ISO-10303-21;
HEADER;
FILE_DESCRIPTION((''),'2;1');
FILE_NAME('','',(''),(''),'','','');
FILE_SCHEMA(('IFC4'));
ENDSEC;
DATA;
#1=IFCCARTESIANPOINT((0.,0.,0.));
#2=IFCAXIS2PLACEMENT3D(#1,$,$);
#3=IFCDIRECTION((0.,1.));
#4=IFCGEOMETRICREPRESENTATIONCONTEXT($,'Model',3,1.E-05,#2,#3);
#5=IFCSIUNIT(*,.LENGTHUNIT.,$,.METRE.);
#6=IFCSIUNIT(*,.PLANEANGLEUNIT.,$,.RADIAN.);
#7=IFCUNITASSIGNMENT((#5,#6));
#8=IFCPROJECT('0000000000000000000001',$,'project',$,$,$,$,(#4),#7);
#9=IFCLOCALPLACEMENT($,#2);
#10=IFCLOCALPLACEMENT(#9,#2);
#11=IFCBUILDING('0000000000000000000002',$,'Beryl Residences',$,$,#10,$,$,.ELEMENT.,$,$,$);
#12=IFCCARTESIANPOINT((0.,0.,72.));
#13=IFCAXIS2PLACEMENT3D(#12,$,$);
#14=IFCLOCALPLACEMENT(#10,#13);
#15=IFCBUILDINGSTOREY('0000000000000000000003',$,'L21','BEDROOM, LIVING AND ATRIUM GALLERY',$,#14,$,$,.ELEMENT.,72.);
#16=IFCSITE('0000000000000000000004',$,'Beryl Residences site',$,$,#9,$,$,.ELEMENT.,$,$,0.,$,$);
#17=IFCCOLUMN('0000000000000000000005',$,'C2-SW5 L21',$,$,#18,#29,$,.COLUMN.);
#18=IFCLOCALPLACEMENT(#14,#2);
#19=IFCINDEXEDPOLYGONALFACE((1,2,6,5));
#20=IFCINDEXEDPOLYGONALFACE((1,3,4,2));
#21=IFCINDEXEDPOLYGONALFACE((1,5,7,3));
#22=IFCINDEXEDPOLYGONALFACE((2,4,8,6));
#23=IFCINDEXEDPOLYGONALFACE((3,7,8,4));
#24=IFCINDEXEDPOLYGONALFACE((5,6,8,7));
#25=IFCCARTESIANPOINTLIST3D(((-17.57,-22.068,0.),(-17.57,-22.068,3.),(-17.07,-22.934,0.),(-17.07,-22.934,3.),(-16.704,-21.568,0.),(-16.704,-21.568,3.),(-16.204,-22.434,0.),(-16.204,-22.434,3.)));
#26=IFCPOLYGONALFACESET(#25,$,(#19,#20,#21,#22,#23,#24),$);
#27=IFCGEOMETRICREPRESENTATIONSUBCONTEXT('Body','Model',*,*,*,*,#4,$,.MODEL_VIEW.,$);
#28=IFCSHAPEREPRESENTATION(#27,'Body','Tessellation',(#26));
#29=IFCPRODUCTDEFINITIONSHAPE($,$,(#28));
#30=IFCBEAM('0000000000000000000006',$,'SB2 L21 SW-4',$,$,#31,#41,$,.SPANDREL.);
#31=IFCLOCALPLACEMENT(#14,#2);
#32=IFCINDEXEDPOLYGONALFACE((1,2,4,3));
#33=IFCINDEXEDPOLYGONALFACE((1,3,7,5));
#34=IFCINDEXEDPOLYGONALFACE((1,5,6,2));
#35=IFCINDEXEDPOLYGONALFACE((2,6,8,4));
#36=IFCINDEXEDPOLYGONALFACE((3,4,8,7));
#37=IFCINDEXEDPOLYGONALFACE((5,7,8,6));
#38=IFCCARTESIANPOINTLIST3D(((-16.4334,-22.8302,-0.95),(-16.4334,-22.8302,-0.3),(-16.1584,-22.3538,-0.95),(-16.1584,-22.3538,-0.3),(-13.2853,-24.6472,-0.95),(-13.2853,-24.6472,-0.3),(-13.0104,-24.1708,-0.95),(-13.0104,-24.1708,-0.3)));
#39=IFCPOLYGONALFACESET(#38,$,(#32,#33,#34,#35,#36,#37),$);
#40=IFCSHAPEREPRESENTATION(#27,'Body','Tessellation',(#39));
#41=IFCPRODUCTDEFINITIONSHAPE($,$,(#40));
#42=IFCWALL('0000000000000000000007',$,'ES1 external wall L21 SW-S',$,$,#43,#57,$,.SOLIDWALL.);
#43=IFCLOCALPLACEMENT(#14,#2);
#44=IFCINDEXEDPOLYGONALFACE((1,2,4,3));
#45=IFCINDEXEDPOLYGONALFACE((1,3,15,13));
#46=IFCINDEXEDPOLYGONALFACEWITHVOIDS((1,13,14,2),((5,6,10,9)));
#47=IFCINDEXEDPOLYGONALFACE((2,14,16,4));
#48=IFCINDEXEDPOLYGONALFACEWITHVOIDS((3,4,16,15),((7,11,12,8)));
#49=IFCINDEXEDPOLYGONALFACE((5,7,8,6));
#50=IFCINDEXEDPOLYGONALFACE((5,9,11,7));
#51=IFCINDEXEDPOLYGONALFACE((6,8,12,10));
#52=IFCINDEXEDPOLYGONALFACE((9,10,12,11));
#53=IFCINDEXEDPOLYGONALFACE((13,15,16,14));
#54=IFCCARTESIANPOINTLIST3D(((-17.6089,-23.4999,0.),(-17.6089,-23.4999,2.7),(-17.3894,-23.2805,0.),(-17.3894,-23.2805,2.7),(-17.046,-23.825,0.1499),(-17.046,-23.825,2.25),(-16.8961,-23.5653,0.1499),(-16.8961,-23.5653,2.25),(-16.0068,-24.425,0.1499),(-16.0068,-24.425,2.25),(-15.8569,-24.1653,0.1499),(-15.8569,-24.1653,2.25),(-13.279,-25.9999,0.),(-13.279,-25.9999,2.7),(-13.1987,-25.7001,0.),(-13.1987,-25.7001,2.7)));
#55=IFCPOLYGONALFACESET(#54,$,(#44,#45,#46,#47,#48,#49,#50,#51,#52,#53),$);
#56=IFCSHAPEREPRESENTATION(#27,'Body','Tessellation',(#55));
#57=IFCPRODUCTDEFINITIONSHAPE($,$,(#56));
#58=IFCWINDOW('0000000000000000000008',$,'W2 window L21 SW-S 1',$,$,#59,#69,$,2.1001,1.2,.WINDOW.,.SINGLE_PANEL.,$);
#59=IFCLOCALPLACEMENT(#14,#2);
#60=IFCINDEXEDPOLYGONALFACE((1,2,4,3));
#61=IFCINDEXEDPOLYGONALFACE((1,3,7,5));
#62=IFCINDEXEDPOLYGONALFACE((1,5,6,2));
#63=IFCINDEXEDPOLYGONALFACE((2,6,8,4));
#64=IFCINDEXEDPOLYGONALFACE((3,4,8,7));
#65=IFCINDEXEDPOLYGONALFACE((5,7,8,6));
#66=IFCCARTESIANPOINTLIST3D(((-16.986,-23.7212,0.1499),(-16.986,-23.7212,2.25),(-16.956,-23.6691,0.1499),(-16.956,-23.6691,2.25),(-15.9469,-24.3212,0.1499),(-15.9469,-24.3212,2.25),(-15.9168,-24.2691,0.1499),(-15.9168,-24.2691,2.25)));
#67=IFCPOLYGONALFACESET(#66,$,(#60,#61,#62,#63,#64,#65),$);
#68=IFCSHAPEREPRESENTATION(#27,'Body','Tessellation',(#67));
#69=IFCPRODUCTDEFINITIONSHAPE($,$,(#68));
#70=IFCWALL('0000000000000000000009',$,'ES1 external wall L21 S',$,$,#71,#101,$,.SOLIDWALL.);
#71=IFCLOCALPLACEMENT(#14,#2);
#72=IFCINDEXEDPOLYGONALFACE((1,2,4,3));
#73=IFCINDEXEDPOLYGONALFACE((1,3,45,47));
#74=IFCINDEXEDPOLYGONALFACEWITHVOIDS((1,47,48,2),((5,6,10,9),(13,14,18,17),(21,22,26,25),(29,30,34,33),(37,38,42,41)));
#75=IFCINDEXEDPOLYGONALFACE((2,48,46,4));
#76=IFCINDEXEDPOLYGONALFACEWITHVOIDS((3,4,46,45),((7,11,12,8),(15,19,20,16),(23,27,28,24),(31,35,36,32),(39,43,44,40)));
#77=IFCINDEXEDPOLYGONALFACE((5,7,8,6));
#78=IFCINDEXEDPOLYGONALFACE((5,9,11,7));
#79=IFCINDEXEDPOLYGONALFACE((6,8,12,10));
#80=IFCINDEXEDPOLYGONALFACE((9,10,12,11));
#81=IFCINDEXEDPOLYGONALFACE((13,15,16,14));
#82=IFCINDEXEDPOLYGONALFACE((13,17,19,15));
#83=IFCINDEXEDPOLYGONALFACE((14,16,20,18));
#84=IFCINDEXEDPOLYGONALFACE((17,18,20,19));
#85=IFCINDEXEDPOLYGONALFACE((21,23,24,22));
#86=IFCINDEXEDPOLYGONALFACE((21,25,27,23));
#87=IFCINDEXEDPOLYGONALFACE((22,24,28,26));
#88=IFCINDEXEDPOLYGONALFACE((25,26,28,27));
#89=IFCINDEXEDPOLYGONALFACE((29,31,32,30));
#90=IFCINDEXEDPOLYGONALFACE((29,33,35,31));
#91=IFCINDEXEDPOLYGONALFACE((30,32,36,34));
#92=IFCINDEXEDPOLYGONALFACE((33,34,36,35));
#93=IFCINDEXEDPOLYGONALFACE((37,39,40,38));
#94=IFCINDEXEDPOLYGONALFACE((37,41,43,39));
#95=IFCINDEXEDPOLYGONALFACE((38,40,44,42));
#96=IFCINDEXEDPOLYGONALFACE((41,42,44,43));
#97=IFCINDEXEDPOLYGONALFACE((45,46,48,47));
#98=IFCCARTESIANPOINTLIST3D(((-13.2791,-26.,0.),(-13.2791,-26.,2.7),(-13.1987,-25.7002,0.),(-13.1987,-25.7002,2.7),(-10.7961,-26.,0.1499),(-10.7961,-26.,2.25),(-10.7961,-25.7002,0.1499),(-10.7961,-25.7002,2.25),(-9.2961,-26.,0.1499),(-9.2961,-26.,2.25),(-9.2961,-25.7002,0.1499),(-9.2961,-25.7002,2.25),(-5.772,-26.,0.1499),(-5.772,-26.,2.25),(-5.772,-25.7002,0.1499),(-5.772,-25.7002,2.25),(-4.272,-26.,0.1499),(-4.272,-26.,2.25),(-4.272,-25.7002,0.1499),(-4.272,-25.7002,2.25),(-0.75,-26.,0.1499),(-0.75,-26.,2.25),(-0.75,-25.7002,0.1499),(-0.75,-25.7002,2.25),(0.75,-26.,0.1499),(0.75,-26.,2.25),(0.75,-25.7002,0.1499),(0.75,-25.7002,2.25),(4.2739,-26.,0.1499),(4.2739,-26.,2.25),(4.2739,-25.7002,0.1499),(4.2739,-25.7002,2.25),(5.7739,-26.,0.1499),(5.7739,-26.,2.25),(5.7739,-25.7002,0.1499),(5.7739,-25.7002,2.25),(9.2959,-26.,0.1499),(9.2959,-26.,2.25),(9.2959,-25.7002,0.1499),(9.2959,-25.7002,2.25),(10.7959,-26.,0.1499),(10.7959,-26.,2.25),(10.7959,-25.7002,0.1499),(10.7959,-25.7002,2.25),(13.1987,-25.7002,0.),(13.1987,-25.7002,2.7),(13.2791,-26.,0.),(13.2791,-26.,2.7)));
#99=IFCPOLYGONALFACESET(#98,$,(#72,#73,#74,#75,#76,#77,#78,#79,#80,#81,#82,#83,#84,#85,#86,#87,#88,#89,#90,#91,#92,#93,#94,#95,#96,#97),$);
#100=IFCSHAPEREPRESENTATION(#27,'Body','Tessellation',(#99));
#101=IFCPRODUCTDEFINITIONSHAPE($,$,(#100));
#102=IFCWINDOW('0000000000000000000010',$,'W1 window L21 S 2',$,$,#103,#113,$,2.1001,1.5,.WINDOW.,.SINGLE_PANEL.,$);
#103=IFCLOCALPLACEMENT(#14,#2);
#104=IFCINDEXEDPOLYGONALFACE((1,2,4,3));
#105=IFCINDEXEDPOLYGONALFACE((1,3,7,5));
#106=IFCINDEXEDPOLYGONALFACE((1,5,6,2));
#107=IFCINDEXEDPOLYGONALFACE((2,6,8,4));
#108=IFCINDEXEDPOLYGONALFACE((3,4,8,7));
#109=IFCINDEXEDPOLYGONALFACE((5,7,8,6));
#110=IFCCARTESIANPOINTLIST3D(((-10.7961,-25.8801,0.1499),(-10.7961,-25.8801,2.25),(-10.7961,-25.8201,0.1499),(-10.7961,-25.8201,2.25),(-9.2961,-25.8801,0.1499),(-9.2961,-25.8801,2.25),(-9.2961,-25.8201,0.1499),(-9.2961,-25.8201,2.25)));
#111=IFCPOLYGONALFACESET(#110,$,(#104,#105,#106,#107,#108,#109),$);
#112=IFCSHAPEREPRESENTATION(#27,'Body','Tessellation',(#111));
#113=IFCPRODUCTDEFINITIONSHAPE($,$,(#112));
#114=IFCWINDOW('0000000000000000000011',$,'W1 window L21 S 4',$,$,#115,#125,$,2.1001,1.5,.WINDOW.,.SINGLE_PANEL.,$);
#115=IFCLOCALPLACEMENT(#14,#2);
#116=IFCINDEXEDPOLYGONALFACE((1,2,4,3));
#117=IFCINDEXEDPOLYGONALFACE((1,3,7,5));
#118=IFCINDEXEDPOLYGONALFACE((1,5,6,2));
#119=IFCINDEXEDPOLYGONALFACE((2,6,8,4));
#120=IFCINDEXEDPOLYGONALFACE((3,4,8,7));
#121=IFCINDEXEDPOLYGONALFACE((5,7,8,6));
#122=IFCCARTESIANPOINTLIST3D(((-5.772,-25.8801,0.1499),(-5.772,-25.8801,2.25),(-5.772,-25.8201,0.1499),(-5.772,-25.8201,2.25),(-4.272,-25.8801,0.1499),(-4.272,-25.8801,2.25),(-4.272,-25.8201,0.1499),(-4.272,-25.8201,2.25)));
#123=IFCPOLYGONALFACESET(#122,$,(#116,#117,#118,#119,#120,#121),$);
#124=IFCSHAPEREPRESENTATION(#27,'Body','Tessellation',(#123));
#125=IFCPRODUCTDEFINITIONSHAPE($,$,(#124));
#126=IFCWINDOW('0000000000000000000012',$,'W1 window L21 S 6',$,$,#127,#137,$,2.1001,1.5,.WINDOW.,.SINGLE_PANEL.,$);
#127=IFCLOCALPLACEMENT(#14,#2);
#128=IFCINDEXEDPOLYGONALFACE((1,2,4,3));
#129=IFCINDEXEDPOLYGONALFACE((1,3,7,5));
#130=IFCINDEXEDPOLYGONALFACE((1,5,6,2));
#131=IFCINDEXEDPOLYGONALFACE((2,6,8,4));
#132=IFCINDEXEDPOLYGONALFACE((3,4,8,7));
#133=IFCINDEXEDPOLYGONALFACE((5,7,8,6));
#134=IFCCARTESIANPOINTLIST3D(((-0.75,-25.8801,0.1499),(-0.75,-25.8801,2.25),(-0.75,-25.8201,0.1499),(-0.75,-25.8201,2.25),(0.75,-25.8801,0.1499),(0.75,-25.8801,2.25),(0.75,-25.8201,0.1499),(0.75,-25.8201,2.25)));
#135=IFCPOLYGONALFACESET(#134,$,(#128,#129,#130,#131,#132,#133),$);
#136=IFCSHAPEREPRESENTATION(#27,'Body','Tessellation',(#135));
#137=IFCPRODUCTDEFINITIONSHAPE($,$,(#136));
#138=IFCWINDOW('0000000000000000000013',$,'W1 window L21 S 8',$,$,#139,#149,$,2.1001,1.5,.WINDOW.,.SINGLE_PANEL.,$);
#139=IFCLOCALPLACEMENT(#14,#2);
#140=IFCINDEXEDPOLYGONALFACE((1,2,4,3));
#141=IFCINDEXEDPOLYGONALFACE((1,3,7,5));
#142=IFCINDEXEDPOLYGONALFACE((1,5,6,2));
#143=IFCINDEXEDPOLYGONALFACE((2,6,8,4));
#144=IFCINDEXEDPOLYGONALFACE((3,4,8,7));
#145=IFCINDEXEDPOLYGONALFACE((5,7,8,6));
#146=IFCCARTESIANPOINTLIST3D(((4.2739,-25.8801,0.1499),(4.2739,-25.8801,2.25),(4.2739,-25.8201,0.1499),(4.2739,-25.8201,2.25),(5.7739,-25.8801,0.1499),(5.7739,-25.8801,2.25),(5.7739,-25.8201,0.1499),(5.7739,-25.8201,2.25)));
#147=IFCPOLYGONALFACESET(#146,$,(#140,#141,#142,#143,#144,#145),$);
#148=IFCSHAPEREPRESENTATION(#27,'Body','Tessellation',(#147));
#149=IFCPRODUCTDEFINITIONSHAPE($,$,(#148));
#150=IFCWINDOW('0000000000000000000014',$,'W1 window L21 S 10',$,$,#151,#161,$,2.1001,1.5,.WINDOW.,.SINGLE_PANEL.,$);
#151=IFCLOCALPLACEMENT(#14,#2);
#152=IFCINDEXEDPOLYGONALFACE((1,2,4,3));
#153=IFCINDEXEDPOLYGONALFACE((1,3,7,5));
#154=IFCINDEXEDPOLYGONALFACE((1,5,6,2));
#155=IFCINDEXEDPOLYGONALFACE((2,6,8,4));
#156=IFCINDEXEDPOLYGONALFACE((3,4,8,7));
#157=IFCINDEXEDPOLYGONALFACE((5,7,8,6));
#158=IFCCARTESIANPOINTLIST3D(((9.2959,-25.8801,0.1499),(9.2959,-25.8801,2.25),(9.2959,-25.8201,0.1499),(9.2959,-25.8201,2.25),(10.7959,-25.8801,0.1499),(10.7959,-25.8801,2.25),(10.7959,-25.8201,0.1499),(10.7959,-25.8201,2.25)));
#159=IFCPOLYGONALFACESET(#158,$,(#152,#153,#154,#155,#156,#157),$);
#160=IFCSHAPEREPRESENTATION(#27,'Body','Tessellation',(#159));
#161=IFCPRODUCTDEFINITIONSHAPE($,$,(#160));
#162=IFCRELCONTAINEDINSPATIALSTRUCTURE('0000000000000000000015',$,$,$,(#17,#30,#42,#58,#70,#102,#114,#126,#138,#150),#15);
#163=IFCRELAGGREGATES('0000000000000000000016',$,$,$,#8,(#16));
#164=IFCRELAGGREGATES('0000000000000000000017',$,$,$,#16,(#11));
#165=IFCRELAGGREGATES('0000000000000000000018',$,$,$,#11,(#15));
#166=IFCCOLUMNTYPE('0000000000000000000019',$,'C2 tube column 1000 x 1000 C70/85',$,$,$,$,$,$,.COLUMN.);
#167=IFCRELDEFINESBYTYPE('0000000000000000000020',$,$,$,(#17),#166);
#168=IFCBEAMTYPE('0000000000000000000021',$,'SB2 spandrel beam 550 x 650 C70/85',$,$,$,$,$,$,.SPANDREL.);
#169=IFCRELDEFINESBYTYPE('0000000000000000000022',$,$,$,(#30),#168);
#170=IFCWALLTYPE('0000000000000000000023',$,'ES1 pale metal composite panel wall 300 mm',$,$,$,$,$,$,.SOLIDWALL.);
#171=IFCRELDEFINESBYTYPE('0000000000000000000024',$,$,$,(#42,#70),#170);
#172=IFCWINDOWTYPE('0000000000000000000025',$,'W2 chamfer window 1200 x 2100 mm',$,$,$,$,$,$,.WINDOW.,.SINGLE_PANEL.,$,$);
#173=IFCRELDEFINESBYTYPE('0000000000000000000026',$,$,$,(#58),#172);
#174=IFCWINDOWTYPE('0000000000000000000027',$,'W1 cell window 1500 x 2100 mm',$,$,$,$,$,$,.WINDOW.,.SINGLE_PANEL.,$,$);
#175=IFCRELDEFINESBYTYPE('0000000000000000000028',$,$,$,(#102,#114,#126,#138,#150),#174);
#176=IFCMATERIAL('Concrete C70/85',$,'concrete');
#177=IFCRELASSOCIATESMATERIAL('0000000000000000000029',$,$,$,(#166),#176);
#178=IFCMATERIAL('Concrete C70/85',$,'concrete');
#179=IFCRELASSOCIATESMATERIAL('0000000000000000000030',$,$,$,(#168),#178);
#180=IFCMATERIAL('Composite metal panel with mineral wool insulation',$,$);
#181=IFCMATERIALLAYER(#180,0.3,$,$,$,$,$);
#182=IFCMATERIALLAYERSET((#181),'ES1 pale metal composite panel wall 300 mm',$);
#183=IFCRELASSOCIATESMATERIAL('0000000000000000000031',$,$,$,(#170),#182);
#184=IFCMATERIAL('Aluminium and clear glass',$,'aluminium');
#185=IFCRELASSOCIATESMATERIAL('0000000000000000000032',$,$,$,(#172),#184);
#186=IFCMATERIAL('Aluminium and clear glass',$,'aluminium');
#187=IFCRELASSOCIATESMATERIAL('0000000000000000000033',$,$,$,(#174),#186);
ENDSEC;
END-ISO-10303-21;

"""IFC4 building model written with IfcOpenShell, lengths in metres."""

from ifc_helpers import new_model, si_unit, direction, frame, frame_2d, origin, origin_2d, place, context, subcontext, project, spatial, polyline, rectangle, outline, extrude, material, layer, layer_set, material_profile, profile_set, type_object, element, fill, save


model = new_model("IFC4")

# Units and contexts
model_context = context("Model", 3, precision=1e-05, world=origin(), true_north=direction((0.0, 1.0)))
body_context = subcontext(model_context, "Body", "Model", "MODEL_VIEW")
ifc_project = project(units=[si_unit("LENGTHUNIT", "METRE"), si_unit("PLANEANGLEUNIT", "RADIAN")], contexts=[model_context])

# Site, building, storey
site_placement = place(None, origin())
site = spatial("IfcSite", under=ifc_project, at=site_placement, Name="Beryl Residences site", CompositionType="ELEMENT", RefElevation=0.0)
building_placement = place(site_placement, origin())
building = spatial("IfcBuilding", under=site, at=building_placement, Name="Beryl Residences", CompositionType="ELEMENT")
storey_placement = place(building_placement, frame((0.0, 0.0, 72.0)))
storey = spatial("IfcBuildingStorey", under=building, at=storey_placement, Name="L21", Description="BEDROOM, LIVING AND ATRIUM GALLERY", CompositionType="ELEMENT", Elevation=72.0)

# Column
ifc_material_1 = material(Name="Concrete C70/85", Category="concrete")
ifc_material_profile_1 = material_profile(ifc_material_1, rectangle(XDim=1.0, YDim=1.0, at=origin_2d()))
ifc_profile_set_1 = profile_set([ifc_material_profile_1], Name="Concrete C70/85")
column_type = type_object("IfcColumnType", Name="C2 tube column 1000 x 1000 C70/85", PredefinedType="COLUMN", material=ifc_profile_set_1)
column_placement = place(storey_placement, frame((-16.887, -22.251, 0.0), z_axis=(0.0, 0.0, 1.0), x_axis=(0.5, -0.866025, 0.0)))
element("IfcColumn", 1, at=column_placement, inside=storey, type_object=column_type, Name="C2-SW5 L21", PredefinedType="COLUMN", context=body_context, shape_type="SweptSolid", body=[
    extrude(rectangle(XDim=1.0, YDim=1.0, at=origin_2d()), origin(), (0.0, 0.0, 1.0), 3.0),
])

# Beam
ifc_material_2 = material(Name="Concrete C70/85", Category="concrete")
ifc_material_profile_2 = material_profile(ifc_material_2, rectangle(XDim=0.55, YDim=0.6499, at=origin_2d()))
ifc_profile_set_2 = profile_set([ifc_material_profile_2], Name="Concrete C70/85")
beam_type = type_object("IfcBeamType", Name="SB2 spandrel beam 550 x 650 C70/85", PredefinedType="SPANDREL", material=ifc_profile_set_2)
beam_placement = place(storey_placement, frame((-16.2959, -22.592, -0.625), z_axis=(0.866094, -0.499881, 0.0), x_axis=(0.499881, 0.866094, 0.0)))
element("IfcBeam", 2, at=beam_placement, inside=storey, type_object=beam_type, Name="SB2 L21 SW-4", PredefinedType="SPANDREL", context=body_context, shape_type="SweptSolid", body=[
    extrude(rectangle(XDim=0.55, YDim=0.6499, at=origin_2d()), origin(), (0.0, 0.0, 1.0), 3.6348),
])

# Wall, opening, window
ifc_material_3 = material(Name="Composite metal panel with mineral wool insulation")
ifc_layer_1 = layer(ifc_material_3, 0.3)
ifc_layer_set_1 = layer_set([ifc_layer_1], Name="ES1 pale metal composite panel wall 300 mm")
wall_type_1 = type_object("IfcWallType", Name="ES1 pale metal composite panel wall 300 mm", PredefinedType="SOLIDWALL", material=ifc_layer_set_1)
wall_1_placement = place(storey_placement, frame((-17.5339, -23.3701, 0.0), z_axis=(0.0, 0.0, 1.0), x_axis=(0.866011, -0.500025, 0.0)))
wall_1 = element("IfcWall", 3, at=wall_1_placement, inside=storey, type_object=wall_type_1, Name="ES1 external wall L21 SW-S", PredefinedType="SOLIDWALL", context=body_context, shape_type="SweptSolid", body=[
    extrude(outline(polyline([(0.0, -0.1499), (4.9998, -0.1499), (4.9194, 0.1499), (0.0803, 0.1499), (0.0, -0.1499)])), origin(), (0.0, 0.0, 1.0), 2.7),
])
opening_1_placement = place(wall_1_placement, frame((0.6499, 0.0, 0.1499)))
opening_1 = element("IfcOpeningElement", 4, at=opening_1_placement, cuts=wall_1, PredefinedType="OPENING", context=body_context, shape_type="SweptSolid", body=[
    extrude(rectangle(XDim=1.2, YDim=2.1001, at=frame_2d((0.6001, 1.05))), frame((0.0, 0.1599, 0.0), z_axis=(0.0, -1.0, 0.0), x_axis=(1.0, 0.0, 0.0)), (0.0, 0.0, 1.0), 0.3201),
])
ifc_material_4 = material(Name="Aluminium and clear glass", Category="aluminium")
window_type_1 = type_object("IfcWindowType", Name="W2 chamfer window 1200 x 2100 mm", PartitioningType="SINGLE_PANEL", PredefinedType="WINDOW", material=ifc_material_4)
window_1_placement = place(opening_1_placement, origin())
window_1 = element("IfcWindow", 5, at=window_1_placement, inside=storey, type_object=window_type_1, Name="W2 window L21 SW-S 1", OverallHeight=2.1001, OverallWidth=1.2, PartitioningType="SINGLE_PANEL", PredefinedType="WINDOW", context=body_context, shape_type="SweptSolid", body=[
    extrude(rectangle(XDim=1.2, YDim=2.1001, at=frame_2d((0.6001, 1.05))), frame((0.0, 0.03, 0.0), z_axis=(0.0, -1.0, 0.0), x_axis=(1.0, 0.0, 0.0)), (0.0, 0.0, 1.0), 0.0601),
])
fill(opening_1, window_1)

# Wall, openings, windows
wall_2_placement = place(storey_placement, frame((-13.2791, -25.8501, 0.0), z_axis=(0.0, 0.0, 1.0), x_axis=(1.0, 0.0, 0.0)))
wall_2 = element("IfcWall", 6, at=wall_2_placement, inside=storey, type_object=wall_type_1, Name="ES1 external wall L21 S", PredefinedType="SOLIDWALL", context=body_context, shape_type="SweptSolid", body=[
    extrude(outline(polyline([(0.0, -0.1499), (26.5581, -0.1499), (26.4778, 0.1499), (0.0803, 0.1499), (0.0, -0.1499)])), origin(), (0.0, 0.0, 1.0), 2.7),
])
opening_2_placement = place(wall_2_placement, frame((2.4829, 0.0, 0.1499)))
opening_2 = element("IfcOpeningElement", 7, at=opening_2_placement, cuts=wall_2, PredefinedType="OPENING", context=body_context, shape_type="SweptSolid", body=[
    extrude(rectangle(XDim=1.5, YDim=2.1001, at=frame_2d((0.75, 1.05))), frame((0.0, 0.1599, 0.0), z_axis=(0.0, -1.0, 0.0), x_axis=(1.0, 0.0, 0.0)), (0.0, 0.0, 1.0), 0.3201),
])
opening_3_placement = place(wall_2_placement, frame((7.5071, 0.0, 0.1499)))
opening_3 = element("IfcOpeningElement", 8, at=opening_3_placement, cuts=wall_2, PredefinedType="OPENING", context=body_context, shape_type="SweptSolid", body=[
    extrude(rectangle(XDim=1.5, YDim=2.1001, at=frame_2d((0.75, 1.05))), frame((0.0, 0.1599, 0.0), z_axis=(0.0, -1.0, 0.0), x_axis=(1.0, 0.0, 0.0)), (0.0, 0.0, 1.0), 0.3201),
])
opening_4_placement = place(wall_2_placement, frame((12.5291, 0.0, 0.1499)))
opening_4 = element("IfcOpeningElement", 9, at=opening_4_placement, cuts=wall_2, PredefinedType="OPENING", context=body_context, shape_type="SweptSolid", body=[
    extrude(rectangle(XDim=1.5, YDim=2.1001, at=frame_2d((0.75, 1.05))), frame((0.0, 0.1599, 0.0), z_axis=(0.0, -1.0, 0.0), x_axis=(1.0, 0.0, 0.0)), (0.0, 0.0, 1.0), 0.3201),
])
opening_5_placement = place(wall_2_placement, frame((17.553, 0.0, 0.1499)))
opening_5 = element("IfcOpeningElement", 10, at=opening_5_placement, cuts=wall_2, PredefinedType="OPENING", context=body_context, shape_type="SweptSolid", body=[
    extrude(rectangle(XDim=1.5, YDim=2.1001, at=frame_2d((0.75, 1.05))), frame((0.0, 0.1599, 0.0), z_axis=(0.0, -1.0, 0.0), x_axis=(1.0, 0.0, 0.0)), (0.0, 0.0, 1.0), 0.3201),
])
opening_6_placement = place(wall_2_placement, frame((22.575, 0.0, 0.1499)))
opening_6 = element("IfcOpeningElement", 11, at=opening_6_placement, cuts=wall_2, PredefinedType="OPENING", context=body_context, shape_type="SweptSolid", body=[
    extrude(rectangle(XDim=1.5, YDim=2.1001, at=frame_2d((0.75, 1.05))), frame((0.0, 0.1599, 0.0), z_axis=(0.0, -1.0, 0.0), x_axis=(1.0, 0.0, 0.0)), (0.0, 0.0, 1.0), 0.3201),
])
ifc_material_5 = material(Name="Aluminium and clear glass", Category="aluminium")
window_type_2 = type_object("IfcWindowType", Name="W1 cell window 1500 x 2100 mm", PartitioningType="SINGLE_PANEL", PredefinedType="WINDOW", material=ifc_material_5)
window_2_placement = place(opening_2_placement, origin())
window_2 = element("IfcWindow", 12, at=window_2_placement, inside=storey, type_object=window_type_2, Name="W1 window L21 S 2", OverallHeight=2.1001, OverallWidth=1.5, PartitioningType="SINGLE_PANEL", PredefinedType="WINDOW", context=body_context, shape_type="SweptSolid", body=[
    extrude(rectangle(XDim=1.5, YDim=2.1001, at=frame_2d((0.75, 1.05))), frame((0.0, 0.03, 0.0), z_axis=(0.0, -1.0, 0.0), x_axis=(1.0, 0.0, 0.0)), (0.0, 0.0, 1.0), 0.0601),
])
fill(opening_2, window_2)
window_3_placement = place(opening_3_placement, origin())
window_3 = element("IfcWindow", 13, at=window_3_placement, inside=storey, type_object=window_type_2, Name="W1 window L21 S 4", OverallHeight=2.1001, OverallWidth=1.5, PartitioningType="SINGLE_PANEL", PredefinedType="WINDOW", context=body_context, shape_type="SweptSolid", body=[
    extrude(rectangle(XDim=1.5, YDim=2.1001, at=frame_2d((0.75, 1.05))), frame((0.0, 0.03, 0.0), z_axis=(0.0, -1.0, 0.0), x_axis=(1.0, 0.0, 0.0)), (0.0, 0.0, 1.0), 0.0601),
])
fill(opening_3, window_3)
window_4_placement = place(opening_4_placement, origin())
window_4 = element("IfcWindow", 14, at=window_4_placement, inside=storey, type_object=window_type_2, Name="W1 window L21 S 6", OverallHeight=2.1001, OverallWidth=1.5, PartitioningType="SINGLE_PANEL", PredefinedType="WINDOW", context=body_context, shape_type="SweptSolid", body=[
    extrude(rectangle(XDim=1.5, YDim=2.1001, at=frame_2d((0.75, 1.05))), frame((0.0, 0.03, 0.0), z_axis=(0.0, -1.0, 0.0), x_axis=(1.0, 0.0, 0.0)), (0.0, 0.0, 1.0), 0.0601),
])
fill(opening_4, window_4)
window_5_placement = place(opening_5_placement, origin())
window_5 = element("IfcWindow", 15, at=window_5_placement, inside=storey, type_object=window_type_2, Name="W1 window L21 S 8", OverallHeight=2.1001, OverallWidth=1.5, PartitioningType="SINGLE_PANEL", PredefinedType="WINDOW", context=body_context, shape_type="SweptSolid", body=[
    extrude(rectangle(XDim=1.5, YDim=2.1001, at=frame_2d((0.75, 1.05))), frame((0.0, 0.03, 0.0), z_axis=(0.0, -1.0, 0.0), x_axis=(1.0, 0.0, 0.0)), (0.0, 0.0, 1.0), 0.0601),
])
fill(opening_5, window_5)
window_6_placement = place(opening_6_placement, origin())
window_6 = element("IfcWindow", 16, at=window_6_placement, inside=storey, type_object=window_type_2, Name="W1 window L21 S 10", OverallHeight=2.1001, OverallWidth=1.5, PartitioningType="SINGLE_PANEL", PredefinedType="WINDOW", context=body_context, shape_type="SweptSolid", body=[
    extrude(rectangle(XDim=1.5, YDim=2.1001, at=frame_2d((0.75, 1.05))), frame((0.0, 0.03, 0.0), z_axis=(0.0, -1.0, 0.0), x_axis=(1.0, 0.0, 0.0)), (0.0, 0.0, 1.0), 0.0601),
])
fill(opening_6, window_6)

save(model, "model.ifc")
